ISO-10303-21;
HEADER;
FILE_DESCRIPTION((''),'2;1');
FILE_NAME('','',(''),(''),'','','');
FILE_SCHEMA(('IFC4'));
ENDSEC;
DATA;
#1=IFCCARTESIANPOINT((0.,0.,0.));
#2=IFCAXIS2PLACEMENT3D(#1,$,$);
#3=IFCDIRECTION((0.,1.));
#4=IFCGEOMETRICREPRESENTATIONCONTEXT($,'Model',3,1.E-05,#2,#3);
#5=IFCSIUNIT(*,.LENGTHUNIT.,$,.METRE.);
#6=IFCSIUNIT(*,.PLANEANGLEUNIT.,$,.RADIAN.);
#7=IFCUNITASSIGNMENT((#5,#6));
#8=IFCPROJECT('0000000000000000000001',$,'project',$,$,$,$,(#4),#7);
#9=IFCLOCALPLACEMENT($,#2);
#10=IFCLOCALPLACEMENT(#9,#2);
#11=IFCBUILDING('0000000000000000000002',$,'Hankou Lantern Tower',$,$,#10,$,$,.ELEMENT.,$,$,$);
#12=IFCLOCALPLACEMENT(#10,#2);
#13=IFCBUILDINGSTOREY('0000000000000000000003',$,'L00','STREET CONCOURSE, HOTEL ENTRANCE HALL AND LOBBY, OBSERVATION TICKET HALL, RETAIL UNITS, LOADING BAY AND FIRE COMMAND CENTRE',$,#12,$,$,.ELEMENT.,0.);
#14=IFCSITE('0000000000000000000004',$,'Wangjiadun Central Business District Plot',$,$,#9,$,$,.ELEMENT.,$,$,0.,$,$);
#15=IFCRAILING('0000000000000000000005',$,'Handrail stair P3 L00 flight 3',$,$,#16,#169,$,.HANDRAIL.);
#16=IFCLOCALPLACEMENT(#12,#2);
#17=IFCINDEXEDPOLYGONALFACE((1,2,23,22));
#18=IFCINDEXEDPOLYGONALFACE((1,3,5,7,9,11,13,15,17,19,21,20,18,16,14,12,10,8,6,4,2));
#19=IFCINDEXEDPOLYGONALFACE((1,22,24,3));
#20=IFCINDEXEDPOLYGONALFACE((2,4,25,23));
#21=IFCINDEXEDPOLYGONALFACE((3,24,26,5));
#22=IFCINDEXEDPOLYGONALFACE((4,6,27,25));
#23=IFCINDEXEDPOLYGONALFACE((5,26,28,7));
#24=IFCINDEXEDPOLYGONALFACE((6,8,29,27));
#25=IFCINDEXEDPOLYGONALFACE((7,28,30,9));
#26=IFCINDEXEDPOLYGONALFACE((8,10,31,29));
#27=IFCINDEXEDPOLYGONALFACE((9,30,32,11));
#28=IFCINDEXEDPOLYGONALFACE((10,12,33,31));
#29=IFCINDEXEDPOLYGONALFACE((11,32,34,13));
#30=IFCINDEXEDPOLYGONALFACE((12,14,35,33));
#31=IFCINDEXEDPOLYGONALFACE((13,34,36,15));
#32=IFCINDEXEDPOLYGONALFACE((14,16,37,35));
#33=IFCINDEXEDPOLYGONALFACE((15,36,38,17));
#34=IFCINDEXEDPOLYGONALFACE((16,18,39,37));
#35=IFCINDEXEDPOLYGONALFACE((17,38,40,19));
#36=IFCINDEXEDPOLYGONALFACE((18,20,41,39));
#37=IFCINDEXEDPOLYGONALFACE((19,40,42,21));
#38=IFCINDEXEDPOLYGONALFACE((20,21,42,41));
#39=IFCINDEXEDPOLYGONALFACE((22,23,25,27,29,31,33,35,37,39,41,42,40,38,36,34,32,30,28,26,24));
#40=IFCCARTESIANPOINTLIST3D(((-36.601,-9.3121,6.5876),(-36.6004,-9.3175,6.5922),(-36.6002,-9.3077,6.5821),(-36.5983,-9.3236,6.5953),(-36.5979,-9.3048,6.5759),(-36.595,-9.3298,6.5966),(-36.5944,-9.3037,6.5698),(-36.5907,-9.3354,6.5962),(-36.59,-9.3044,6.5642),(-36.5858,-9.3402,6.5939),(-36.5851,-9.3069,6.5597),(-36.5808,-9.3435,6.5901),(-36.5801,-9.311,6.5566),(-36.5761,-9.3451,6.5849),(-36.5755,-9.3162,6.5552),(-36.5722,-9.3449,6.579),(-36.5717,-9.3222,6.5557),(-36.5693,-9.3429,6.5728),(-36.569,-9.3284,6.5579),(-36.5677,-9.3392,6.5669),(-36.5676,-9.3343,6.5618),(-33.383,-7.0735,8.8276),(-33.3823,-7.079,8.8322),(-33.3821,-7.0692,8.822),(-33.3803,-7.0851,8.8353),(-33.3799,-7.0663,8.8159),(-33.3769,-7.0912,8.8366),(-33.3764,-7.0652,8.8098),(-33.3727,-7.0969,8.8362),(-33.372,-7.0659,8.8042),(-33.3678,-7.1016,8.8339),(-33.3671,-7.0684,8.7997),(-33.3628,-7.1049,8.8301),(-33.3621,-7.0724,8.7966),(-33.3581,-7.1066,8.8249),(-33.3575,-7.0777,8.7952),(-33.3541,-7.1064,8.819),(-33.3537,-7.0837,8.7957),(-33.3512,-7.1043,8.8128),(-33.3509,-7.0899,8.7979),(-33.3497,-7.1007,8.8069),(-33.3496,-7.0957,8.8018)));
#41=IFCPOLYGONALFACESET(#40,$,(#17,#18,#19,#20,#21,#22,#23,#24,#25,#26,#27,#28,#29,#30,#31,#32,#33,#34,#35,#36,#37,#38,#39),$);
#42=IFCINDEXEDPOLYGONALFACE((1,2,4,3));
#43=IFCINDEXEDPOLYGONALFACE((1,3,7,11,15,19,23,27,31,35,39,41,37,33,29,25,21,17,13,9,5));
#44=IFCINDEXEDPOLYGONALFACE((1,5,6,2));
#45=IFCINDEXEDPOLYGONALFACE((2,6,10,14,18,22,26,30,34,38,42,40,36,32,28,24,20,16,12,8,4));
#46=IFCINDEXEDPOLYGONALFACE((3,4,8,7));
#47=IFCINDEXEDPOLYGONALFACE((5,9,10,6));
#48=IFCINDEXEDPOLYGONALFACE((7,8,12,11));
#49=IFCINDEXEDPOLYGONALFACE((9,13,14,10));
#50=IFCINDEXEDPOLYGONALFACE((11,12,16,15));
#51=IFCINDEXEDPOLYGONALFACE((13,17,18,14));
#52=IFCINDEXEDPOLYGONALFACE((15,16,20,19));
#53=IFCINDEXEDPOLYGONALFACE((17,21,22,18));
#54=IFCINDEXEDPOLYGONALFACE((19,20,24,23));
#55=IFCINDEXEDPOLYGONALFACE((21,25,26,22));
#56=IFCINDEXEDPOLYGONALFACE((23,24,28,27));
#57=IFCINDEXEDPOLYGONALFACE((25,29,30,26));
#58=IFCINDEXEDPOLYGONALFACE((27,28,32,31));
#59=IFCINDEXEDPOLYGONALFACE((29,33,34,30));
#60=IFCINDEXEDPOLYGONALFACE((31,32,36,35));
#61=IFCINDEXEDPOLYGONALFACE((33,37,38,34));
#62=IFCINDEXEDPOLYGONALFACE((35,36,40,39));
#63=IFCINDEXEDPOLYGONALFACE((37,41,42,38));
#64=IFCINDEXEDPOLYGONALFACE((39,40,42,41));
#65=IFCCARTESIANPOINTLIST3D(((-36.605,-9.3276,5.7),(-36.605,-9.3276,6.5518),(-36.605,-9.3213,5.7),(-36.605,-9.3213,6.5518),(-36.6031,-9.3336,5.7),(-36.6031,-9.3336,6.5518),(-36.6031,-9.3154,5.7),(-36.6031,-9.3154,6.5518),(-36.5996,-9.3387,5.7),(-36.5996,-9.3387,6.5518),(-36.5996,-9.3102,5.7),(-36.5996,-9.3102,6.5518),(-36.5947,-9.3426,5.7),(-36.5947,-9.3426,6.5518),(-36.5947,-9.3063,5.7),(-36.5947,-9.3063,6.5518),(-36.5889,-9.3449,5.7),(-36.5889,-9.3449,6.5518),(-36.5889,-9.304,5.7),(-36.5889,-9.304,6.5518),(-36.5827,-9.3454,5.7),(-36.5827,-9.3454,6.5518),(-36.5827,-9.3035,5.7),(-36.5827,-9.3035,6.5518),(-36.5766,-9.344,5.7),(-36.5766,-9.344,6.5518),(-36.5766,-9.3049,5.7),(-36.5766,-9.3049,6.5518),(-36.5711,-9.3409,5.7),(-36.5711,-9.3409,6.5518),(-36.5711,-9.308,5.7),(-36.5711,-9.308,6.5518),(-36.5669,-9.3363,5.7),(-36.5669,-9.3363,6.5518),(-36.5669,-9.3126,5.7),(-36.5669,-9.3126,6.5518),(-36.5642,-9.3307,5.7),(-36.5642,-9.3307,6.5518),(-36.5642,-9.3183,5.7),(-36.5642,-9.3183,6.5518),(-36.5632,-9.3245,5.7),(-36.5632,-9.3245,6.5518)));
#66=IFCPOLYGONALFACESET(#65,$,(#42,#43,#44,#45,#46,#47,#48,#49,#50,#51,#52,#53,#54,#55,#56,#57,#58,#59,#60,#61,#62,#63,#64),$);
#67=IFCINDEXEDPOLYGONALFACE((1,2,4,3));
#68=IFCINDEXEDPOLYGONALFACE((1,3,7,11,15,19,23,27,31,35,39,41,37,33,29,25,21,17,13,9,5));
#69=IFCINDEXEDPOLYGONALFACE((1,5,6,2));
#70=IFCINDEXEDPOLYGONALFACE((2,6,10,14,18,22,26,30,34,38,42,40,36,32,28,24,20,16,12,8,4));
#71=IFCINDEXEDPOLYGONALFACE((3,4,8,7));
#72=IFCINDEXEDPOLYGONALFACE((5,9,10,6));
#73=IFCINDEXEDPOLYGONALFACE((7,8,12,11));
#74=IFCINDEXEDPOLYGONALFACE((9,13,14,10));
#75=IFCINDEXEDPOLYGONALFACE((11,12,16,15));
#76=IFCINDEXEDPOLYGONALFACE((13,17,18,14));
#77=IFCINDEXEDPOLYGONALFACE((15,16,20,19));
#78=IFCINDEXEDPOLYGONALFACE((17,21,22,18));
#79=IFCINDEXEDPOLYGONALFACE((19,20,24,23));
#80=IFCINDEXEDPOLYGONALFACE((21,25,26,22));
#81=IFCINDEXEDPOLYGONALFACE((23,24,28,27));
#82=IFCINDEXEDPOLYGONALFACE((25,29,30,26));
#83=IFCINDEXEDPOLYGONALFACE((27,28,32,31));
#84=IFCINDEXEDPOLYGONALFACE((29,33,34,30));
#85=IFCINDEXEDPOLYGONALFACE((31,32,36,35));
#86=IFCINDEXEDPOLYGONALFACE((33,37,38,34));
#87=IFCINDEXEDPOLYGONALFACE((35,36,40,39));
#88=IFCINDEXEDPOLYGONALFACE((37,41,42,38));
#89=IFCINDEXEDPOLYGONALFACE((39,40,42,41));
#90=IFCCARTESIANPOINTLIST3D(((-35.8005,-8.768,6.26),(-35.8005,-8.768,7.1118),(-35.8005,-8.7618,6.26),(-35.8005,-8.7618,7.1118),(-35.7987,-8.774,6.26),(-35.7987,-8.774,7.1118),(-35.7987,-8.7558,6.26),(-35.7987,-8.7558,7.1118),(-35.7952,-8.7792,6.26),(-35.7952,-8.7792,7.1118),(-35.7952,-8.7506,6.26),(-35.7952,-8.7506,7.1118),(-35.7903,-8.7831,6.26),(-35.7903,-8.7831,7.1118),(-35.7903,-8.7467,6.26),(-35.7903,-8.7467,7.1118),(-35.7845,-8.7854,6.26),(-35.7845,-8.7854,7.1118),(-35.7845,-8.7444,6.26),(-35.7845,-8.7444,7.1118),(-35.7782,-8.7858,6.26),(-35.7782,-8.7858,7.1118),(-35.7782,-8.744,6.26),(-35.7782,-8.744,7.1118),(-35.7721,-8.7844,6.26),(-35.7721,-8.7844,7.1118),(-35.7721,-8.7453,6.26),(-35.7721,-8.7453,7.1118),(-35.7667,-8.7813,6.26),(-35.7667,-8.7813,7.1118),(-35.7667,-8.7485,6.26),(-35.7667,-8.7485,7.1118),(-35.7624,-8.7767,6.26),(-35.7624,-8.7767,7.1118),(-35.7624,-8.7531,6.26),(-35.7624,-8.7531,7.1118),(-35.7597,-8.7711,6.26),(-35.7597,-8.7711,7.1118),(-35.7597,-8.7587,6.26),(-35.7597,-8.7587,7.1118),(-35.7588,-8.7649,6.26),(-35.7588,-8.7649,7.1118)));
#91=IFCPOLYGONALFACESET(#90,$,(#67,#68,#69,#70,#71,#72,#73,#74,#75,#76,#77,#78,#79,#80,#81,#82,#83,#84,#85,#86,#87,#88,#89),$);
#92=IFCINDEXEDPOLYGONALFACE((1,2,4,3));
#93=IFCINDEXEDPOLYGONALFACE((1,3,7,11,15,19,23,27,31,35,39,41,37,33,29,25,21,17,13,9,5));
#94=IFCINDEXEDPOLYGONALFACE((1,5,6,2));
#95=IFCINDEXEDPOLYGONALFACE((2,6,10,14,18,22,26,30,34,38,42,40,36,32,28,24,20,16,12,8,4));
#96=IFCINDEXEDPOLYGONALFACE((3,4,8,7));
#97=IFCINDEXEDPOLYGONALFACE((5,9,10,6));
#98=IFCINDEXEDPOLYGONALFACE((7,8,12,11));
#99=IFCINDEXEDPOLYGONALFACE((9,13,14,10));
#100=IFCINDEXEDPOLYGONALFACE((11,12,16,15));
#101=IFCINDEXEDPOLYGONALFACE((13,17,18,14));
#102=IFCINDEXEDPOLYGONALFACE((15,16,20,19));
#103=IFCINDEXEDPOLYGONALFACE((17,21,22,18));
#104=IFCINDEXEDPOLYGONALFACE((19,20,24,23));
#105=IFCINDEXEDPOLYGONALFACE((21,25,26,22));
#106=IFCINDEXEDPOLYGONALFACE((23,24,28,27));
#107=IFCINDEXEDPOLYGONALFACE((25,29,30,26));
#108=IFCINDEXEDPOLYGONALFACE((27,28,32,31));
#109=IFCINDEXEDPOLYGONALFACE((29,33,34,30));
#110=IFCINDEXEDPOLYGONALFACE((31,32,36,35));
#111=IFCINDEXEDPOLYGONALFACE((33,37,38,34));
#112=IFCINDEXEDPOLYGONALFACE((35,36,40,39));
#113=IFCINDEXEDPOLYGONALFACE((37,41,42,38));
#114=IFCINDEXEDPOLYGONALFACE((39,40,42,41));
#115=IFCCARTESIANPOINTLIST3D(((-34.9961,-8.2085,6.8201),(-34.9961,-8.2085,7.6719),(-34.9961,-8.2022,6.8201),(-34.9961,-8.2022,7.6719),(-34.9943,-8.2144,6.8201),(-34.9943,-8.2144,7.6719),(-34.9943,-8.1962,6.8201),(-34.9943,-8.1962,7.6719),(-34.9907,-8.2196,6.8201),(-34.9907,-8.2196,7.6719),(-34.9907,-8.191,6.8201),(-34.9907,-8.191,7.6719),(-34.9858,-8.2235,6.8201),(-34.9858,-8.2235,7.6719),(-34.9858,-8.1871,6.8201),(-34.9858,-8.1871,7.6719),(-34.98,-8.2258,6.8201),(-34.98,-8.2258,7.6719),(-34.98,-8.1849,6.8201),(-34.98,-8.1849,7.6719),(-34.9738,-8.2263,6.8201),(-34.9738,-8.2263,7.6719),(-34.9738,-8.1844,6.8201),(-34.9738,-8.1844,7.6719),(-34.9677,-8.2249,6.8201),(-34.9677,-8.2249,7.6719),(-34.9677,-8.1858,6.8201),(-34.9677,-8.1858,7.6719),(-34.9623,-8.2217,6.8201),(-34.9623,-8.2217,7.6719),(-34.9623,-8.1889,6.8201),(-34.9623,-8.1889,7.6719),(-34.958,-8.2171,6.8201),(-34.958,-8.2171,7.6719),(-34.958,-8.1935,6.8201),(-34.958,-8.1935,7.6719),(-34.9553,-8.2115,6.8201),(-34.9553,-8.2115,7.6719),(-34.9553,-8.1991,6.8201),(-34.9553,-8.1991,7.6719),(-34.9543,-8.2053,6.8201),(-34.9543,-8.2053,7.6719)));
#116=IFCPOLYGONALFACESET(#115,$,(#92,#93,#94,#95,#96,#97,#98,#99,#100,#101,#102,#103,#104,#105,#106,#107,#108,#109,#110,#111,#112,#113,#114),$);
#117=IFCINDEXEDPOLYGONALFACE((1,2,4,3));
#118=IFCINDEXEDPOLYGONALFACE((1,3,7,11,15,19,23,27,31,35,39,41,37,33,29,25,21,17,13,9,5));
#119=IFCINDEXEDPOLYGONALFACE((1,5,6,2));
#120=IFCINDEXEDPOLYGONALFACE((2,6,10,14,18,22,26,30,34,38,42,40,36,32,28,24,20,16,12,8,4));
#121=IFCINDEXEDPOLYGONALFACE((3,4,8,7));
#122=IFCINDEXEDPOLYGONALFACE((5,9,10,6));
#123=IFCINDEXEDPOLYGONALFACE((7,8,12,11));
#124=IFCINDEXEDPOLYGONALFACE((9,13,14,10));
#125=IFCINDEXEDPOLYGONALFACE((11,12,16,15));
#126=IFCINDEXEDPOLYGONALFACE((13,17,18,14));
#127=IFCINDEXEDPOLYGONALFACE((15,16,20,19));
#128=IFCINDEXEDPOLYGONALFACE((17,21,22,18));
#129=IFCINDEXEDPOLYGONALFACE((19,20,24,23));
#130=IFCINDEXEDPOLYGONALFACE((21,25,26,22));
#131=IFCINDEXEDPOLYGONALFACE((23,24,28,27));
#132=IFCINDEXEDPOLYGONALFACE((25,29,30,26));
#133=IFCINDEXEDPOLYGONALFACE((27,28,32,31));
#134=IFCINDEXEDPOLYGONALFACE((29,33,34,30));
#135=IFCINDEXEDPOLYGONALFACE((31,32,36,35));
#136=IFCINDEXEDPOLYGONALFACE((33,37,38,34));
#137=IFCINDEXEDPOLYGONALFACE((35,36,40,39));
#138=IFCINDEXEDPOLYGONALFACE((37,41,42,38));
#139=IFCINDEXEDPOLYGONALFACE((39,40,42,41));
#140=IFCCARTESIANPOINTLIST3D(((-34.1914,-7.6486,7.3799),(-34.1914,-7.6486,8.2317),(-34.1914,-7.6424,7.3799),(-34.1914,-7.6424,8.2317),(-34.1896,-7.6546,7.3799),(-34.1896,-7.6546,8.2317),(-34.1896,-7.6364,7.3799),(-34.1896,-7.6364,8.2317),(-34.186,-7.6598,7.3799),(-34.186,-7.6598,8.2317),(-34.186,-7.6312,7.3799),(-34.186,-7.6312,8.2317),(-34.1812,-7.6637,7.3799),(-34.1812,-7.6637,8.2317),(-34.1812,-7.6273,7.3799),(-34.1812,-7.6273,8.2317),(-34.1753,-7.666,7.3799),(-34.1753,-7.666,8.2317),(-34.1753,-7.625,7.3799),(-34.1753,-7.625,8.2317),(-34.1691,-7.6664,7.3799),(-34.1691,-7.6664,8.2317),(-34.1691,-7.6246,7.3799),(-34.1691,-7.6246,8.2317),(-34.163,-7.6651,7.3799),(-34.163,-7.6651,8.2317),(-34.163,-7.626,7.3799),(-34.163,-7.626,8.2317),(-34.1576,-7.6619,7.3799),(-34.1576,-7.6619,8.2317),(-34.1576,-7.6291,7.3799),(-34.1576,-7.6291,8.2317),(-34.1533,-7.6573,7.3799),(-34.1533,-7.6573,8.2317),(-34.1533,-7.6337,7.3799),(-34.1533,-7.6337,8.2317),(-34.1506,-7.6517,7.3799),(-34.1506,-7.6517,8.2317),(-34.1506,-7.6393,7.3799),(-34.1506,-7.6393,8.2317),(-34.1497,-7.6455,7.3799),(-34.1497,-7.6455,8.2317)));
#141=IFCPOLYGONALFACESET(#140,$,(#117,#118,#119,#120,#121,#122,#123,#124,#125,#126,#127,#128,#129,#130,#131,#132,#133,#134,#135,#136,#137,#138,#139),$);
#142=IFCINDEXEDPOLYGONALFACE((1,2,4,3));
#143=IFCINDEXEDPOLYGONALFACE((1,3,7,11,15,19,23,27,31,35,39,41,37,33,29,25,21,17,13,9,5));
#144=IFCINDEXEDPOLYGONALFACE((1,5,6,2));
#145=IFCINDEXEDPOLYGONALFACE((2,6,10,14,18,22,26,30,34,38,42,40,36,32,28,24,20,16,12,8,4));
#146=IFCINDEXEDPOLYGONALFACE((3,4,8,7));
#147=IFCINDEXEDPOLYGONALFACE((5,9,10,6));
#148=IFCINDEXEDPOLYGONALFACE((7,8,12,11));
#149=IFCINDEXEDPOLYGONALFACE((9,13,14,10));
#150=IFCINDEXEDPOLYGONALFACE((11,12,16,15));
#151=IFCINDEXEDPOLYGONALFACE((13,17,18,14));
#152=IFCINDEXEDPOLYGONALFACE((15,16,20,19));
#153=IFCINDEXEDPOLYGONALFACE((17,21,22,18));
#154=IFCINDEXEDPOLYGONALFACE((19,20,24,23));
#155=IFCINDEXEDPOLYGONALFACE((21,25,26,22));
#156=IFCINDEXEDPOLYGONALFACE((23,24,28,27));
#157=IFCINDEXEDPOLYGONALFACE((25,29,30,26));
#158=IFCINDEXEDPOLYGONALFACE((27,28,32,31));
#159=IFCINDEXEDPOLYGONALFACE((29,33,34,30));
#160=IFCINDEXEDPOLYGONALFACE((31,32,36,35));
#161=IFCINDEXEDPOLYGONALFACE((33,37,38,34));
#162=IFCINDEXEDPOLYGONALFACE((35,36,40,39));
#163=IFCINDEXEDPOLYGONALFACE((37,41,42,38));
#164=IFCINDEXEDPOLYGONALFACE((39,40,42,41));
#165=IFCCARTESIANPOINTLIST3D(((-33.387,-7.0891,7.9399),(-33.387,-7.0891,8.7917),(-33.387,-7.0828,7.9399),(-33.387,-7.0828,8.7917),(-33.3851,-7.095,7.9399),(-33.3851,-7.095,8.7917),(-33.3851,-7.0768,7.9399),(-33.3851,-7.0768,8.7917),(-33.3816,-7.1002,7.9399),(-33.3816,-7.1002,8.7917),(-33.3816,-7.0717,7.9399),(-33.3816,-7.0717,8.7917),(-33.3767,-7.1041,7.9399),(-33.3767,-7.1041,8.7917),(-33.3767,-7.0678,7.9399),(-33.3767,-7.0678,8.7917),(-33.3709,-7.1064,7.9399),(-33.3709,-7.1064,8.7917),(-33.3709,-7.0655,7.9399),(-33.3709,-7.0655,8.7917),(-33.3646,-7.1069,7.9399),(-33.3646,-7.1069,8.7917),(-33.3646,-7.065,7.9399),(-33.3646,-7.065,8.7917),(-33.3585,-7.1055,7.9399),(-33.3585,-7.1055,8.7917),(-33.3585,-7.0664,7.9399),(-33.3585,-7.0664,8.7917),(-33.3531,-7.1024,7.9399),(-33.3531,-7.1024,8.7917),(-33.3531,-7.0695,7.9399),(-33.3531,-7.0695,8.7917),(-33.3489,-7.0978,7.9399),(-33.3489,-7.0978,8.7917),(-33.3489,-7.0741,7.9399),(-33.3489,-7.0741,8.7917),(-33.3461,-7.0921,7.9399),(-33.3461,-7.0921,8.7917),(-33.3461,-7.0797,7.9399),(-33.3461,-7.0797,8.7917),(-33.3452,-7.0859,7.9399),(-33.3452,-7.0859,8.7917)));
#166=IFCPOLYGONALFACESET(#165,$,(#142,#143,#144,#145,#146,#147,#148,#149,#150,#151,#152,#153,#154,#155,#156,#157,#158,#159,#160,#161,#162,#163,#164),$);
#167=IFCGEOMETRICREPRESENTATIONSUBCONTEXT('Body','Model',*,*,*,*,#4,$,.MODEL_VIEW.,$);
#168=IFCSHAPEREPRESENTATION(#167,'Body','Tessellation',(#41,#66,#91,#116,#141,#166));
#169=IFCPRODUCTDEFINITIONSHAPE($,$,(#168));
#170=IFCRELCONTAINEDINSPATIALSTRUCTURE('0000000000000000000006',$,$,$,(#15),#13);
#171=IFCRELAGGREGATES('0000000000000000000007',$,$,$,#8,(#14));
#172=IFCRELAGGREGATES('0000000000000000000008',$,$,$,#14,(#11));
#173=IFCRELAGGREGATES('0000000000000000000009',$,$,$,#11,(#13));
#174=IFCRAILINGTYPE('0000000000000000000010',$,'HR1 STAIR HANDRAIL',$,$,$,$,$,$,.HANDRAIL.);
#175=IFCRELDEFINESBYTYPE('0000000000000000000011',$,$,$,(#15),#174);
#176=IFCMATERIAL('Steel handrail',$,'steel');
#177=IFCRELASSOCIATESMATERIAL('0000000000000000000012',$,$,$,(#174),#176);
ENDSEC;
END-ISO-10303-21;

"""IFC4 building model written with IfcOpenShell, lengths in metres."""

from ifc_helpers import new_model, si_unit, direction, frame, origin, origin_2d, place, context, subcontext, project, spatial, circle, extrude, material, type_object, element, save


model = new_model("IFC4")

# Units and contexts
model_context = context("Model", 3, precision=1e-05, world=origin(), true_north=direction((0.0, 1.0)))
body_context = subcontext(model_context, "Body", "Model", "MODEL_VIEW")
ifc_project = project(units=[si_unit("LENGTHUNIT", "METRE"), si_unit("PLANEANGLEUNIT", "RADIAN")], contexts=[model_context])

# Site, building, storey
site_placement = place(None, origin())
site = spatial("IfcSite", under=ifc_project, at=site_placement, Name="Wangjiadun Central Business District Plot", CompositionType="ELEMENT", RefElevation=0.0)
building_placement = place(site_placement, origin())
building = spatial("IfcBuilding", under=site, at=building_placement, Name="Hankou Lantern Tower", CompositionType="ELEMENT")
storey_placement = place(building_placement, origin())
storey = spatial("IfcBuildingStorey", under=building, at=storey_placement, Name="L00", Description="STREET CONCOURSE, HOTEL ENTRANCE HALL AND LOBBY, OBSERVATION TICKET HALL, RETAIL UNITS, LOADING BAY AND FIRE COMMAND CENTRE", CompositionType="ELEMENT", Elevation=0.0)

# Railing
ifc_material_1 = material(Name="Steel handrail", Category="steel")
railing_type = type_object("IfcRailingType", Name="HR1 STAIR HANDRAIL", PredefinedType="HANDRAIL", material=ifc_material_1)
for number, where, name in (
    (1, (-36.5842, -9.3245, 5.7), "Handrail stair P3 L00 flight 3"),
):
    element("IfcRailing", number, at=place(storey_placement, frame(where)), inside=storey, type_object=railing_type, Name=name, PredefinedType="HANDRAIL", context=body_context, shape_type="SweptSolid", body=[
        extrude(circle(Radius=0.0239, at=origin_2d()), frame((0.0, 0.0, 0.876), z_axis=(0.712757, 0.49581, 0.496134), x_axis=(-0.571048, 0.820917, 0.0)), (0.0, 0.0, 1.0), 4.5149),
        extrude(circle(Radius=0.021, at=origin_2d()), origin(), (0.0, 0.0, 1.0), 0.8518),
        extrude(circle(Radius=0.021, at=origin_2d()), frame((0.8044, 0.5596, 0.5601)), (0.0, 0.0, 1.0), 0.8518),
        extrude(circle(Radius=0.021, at=origin_2d()), frame((1.6089, 1.1191, 1.1201)), (0.0, 0.0, 1.0), 0.8518),
        extrude(circle(Radius=0.021, at=origin_2d()), frame((2.4136, 1.679, 1.6799)), (0.0, 0.0, 1.0), 0.8518),
        extrude(circle(Radius=0.021, at=origin_2d()), frame((3.218, 2.2385, 2.24)), (0.0, 0.0, 1.0), 0.8518),
    ])

save(model, "model.ifc")
